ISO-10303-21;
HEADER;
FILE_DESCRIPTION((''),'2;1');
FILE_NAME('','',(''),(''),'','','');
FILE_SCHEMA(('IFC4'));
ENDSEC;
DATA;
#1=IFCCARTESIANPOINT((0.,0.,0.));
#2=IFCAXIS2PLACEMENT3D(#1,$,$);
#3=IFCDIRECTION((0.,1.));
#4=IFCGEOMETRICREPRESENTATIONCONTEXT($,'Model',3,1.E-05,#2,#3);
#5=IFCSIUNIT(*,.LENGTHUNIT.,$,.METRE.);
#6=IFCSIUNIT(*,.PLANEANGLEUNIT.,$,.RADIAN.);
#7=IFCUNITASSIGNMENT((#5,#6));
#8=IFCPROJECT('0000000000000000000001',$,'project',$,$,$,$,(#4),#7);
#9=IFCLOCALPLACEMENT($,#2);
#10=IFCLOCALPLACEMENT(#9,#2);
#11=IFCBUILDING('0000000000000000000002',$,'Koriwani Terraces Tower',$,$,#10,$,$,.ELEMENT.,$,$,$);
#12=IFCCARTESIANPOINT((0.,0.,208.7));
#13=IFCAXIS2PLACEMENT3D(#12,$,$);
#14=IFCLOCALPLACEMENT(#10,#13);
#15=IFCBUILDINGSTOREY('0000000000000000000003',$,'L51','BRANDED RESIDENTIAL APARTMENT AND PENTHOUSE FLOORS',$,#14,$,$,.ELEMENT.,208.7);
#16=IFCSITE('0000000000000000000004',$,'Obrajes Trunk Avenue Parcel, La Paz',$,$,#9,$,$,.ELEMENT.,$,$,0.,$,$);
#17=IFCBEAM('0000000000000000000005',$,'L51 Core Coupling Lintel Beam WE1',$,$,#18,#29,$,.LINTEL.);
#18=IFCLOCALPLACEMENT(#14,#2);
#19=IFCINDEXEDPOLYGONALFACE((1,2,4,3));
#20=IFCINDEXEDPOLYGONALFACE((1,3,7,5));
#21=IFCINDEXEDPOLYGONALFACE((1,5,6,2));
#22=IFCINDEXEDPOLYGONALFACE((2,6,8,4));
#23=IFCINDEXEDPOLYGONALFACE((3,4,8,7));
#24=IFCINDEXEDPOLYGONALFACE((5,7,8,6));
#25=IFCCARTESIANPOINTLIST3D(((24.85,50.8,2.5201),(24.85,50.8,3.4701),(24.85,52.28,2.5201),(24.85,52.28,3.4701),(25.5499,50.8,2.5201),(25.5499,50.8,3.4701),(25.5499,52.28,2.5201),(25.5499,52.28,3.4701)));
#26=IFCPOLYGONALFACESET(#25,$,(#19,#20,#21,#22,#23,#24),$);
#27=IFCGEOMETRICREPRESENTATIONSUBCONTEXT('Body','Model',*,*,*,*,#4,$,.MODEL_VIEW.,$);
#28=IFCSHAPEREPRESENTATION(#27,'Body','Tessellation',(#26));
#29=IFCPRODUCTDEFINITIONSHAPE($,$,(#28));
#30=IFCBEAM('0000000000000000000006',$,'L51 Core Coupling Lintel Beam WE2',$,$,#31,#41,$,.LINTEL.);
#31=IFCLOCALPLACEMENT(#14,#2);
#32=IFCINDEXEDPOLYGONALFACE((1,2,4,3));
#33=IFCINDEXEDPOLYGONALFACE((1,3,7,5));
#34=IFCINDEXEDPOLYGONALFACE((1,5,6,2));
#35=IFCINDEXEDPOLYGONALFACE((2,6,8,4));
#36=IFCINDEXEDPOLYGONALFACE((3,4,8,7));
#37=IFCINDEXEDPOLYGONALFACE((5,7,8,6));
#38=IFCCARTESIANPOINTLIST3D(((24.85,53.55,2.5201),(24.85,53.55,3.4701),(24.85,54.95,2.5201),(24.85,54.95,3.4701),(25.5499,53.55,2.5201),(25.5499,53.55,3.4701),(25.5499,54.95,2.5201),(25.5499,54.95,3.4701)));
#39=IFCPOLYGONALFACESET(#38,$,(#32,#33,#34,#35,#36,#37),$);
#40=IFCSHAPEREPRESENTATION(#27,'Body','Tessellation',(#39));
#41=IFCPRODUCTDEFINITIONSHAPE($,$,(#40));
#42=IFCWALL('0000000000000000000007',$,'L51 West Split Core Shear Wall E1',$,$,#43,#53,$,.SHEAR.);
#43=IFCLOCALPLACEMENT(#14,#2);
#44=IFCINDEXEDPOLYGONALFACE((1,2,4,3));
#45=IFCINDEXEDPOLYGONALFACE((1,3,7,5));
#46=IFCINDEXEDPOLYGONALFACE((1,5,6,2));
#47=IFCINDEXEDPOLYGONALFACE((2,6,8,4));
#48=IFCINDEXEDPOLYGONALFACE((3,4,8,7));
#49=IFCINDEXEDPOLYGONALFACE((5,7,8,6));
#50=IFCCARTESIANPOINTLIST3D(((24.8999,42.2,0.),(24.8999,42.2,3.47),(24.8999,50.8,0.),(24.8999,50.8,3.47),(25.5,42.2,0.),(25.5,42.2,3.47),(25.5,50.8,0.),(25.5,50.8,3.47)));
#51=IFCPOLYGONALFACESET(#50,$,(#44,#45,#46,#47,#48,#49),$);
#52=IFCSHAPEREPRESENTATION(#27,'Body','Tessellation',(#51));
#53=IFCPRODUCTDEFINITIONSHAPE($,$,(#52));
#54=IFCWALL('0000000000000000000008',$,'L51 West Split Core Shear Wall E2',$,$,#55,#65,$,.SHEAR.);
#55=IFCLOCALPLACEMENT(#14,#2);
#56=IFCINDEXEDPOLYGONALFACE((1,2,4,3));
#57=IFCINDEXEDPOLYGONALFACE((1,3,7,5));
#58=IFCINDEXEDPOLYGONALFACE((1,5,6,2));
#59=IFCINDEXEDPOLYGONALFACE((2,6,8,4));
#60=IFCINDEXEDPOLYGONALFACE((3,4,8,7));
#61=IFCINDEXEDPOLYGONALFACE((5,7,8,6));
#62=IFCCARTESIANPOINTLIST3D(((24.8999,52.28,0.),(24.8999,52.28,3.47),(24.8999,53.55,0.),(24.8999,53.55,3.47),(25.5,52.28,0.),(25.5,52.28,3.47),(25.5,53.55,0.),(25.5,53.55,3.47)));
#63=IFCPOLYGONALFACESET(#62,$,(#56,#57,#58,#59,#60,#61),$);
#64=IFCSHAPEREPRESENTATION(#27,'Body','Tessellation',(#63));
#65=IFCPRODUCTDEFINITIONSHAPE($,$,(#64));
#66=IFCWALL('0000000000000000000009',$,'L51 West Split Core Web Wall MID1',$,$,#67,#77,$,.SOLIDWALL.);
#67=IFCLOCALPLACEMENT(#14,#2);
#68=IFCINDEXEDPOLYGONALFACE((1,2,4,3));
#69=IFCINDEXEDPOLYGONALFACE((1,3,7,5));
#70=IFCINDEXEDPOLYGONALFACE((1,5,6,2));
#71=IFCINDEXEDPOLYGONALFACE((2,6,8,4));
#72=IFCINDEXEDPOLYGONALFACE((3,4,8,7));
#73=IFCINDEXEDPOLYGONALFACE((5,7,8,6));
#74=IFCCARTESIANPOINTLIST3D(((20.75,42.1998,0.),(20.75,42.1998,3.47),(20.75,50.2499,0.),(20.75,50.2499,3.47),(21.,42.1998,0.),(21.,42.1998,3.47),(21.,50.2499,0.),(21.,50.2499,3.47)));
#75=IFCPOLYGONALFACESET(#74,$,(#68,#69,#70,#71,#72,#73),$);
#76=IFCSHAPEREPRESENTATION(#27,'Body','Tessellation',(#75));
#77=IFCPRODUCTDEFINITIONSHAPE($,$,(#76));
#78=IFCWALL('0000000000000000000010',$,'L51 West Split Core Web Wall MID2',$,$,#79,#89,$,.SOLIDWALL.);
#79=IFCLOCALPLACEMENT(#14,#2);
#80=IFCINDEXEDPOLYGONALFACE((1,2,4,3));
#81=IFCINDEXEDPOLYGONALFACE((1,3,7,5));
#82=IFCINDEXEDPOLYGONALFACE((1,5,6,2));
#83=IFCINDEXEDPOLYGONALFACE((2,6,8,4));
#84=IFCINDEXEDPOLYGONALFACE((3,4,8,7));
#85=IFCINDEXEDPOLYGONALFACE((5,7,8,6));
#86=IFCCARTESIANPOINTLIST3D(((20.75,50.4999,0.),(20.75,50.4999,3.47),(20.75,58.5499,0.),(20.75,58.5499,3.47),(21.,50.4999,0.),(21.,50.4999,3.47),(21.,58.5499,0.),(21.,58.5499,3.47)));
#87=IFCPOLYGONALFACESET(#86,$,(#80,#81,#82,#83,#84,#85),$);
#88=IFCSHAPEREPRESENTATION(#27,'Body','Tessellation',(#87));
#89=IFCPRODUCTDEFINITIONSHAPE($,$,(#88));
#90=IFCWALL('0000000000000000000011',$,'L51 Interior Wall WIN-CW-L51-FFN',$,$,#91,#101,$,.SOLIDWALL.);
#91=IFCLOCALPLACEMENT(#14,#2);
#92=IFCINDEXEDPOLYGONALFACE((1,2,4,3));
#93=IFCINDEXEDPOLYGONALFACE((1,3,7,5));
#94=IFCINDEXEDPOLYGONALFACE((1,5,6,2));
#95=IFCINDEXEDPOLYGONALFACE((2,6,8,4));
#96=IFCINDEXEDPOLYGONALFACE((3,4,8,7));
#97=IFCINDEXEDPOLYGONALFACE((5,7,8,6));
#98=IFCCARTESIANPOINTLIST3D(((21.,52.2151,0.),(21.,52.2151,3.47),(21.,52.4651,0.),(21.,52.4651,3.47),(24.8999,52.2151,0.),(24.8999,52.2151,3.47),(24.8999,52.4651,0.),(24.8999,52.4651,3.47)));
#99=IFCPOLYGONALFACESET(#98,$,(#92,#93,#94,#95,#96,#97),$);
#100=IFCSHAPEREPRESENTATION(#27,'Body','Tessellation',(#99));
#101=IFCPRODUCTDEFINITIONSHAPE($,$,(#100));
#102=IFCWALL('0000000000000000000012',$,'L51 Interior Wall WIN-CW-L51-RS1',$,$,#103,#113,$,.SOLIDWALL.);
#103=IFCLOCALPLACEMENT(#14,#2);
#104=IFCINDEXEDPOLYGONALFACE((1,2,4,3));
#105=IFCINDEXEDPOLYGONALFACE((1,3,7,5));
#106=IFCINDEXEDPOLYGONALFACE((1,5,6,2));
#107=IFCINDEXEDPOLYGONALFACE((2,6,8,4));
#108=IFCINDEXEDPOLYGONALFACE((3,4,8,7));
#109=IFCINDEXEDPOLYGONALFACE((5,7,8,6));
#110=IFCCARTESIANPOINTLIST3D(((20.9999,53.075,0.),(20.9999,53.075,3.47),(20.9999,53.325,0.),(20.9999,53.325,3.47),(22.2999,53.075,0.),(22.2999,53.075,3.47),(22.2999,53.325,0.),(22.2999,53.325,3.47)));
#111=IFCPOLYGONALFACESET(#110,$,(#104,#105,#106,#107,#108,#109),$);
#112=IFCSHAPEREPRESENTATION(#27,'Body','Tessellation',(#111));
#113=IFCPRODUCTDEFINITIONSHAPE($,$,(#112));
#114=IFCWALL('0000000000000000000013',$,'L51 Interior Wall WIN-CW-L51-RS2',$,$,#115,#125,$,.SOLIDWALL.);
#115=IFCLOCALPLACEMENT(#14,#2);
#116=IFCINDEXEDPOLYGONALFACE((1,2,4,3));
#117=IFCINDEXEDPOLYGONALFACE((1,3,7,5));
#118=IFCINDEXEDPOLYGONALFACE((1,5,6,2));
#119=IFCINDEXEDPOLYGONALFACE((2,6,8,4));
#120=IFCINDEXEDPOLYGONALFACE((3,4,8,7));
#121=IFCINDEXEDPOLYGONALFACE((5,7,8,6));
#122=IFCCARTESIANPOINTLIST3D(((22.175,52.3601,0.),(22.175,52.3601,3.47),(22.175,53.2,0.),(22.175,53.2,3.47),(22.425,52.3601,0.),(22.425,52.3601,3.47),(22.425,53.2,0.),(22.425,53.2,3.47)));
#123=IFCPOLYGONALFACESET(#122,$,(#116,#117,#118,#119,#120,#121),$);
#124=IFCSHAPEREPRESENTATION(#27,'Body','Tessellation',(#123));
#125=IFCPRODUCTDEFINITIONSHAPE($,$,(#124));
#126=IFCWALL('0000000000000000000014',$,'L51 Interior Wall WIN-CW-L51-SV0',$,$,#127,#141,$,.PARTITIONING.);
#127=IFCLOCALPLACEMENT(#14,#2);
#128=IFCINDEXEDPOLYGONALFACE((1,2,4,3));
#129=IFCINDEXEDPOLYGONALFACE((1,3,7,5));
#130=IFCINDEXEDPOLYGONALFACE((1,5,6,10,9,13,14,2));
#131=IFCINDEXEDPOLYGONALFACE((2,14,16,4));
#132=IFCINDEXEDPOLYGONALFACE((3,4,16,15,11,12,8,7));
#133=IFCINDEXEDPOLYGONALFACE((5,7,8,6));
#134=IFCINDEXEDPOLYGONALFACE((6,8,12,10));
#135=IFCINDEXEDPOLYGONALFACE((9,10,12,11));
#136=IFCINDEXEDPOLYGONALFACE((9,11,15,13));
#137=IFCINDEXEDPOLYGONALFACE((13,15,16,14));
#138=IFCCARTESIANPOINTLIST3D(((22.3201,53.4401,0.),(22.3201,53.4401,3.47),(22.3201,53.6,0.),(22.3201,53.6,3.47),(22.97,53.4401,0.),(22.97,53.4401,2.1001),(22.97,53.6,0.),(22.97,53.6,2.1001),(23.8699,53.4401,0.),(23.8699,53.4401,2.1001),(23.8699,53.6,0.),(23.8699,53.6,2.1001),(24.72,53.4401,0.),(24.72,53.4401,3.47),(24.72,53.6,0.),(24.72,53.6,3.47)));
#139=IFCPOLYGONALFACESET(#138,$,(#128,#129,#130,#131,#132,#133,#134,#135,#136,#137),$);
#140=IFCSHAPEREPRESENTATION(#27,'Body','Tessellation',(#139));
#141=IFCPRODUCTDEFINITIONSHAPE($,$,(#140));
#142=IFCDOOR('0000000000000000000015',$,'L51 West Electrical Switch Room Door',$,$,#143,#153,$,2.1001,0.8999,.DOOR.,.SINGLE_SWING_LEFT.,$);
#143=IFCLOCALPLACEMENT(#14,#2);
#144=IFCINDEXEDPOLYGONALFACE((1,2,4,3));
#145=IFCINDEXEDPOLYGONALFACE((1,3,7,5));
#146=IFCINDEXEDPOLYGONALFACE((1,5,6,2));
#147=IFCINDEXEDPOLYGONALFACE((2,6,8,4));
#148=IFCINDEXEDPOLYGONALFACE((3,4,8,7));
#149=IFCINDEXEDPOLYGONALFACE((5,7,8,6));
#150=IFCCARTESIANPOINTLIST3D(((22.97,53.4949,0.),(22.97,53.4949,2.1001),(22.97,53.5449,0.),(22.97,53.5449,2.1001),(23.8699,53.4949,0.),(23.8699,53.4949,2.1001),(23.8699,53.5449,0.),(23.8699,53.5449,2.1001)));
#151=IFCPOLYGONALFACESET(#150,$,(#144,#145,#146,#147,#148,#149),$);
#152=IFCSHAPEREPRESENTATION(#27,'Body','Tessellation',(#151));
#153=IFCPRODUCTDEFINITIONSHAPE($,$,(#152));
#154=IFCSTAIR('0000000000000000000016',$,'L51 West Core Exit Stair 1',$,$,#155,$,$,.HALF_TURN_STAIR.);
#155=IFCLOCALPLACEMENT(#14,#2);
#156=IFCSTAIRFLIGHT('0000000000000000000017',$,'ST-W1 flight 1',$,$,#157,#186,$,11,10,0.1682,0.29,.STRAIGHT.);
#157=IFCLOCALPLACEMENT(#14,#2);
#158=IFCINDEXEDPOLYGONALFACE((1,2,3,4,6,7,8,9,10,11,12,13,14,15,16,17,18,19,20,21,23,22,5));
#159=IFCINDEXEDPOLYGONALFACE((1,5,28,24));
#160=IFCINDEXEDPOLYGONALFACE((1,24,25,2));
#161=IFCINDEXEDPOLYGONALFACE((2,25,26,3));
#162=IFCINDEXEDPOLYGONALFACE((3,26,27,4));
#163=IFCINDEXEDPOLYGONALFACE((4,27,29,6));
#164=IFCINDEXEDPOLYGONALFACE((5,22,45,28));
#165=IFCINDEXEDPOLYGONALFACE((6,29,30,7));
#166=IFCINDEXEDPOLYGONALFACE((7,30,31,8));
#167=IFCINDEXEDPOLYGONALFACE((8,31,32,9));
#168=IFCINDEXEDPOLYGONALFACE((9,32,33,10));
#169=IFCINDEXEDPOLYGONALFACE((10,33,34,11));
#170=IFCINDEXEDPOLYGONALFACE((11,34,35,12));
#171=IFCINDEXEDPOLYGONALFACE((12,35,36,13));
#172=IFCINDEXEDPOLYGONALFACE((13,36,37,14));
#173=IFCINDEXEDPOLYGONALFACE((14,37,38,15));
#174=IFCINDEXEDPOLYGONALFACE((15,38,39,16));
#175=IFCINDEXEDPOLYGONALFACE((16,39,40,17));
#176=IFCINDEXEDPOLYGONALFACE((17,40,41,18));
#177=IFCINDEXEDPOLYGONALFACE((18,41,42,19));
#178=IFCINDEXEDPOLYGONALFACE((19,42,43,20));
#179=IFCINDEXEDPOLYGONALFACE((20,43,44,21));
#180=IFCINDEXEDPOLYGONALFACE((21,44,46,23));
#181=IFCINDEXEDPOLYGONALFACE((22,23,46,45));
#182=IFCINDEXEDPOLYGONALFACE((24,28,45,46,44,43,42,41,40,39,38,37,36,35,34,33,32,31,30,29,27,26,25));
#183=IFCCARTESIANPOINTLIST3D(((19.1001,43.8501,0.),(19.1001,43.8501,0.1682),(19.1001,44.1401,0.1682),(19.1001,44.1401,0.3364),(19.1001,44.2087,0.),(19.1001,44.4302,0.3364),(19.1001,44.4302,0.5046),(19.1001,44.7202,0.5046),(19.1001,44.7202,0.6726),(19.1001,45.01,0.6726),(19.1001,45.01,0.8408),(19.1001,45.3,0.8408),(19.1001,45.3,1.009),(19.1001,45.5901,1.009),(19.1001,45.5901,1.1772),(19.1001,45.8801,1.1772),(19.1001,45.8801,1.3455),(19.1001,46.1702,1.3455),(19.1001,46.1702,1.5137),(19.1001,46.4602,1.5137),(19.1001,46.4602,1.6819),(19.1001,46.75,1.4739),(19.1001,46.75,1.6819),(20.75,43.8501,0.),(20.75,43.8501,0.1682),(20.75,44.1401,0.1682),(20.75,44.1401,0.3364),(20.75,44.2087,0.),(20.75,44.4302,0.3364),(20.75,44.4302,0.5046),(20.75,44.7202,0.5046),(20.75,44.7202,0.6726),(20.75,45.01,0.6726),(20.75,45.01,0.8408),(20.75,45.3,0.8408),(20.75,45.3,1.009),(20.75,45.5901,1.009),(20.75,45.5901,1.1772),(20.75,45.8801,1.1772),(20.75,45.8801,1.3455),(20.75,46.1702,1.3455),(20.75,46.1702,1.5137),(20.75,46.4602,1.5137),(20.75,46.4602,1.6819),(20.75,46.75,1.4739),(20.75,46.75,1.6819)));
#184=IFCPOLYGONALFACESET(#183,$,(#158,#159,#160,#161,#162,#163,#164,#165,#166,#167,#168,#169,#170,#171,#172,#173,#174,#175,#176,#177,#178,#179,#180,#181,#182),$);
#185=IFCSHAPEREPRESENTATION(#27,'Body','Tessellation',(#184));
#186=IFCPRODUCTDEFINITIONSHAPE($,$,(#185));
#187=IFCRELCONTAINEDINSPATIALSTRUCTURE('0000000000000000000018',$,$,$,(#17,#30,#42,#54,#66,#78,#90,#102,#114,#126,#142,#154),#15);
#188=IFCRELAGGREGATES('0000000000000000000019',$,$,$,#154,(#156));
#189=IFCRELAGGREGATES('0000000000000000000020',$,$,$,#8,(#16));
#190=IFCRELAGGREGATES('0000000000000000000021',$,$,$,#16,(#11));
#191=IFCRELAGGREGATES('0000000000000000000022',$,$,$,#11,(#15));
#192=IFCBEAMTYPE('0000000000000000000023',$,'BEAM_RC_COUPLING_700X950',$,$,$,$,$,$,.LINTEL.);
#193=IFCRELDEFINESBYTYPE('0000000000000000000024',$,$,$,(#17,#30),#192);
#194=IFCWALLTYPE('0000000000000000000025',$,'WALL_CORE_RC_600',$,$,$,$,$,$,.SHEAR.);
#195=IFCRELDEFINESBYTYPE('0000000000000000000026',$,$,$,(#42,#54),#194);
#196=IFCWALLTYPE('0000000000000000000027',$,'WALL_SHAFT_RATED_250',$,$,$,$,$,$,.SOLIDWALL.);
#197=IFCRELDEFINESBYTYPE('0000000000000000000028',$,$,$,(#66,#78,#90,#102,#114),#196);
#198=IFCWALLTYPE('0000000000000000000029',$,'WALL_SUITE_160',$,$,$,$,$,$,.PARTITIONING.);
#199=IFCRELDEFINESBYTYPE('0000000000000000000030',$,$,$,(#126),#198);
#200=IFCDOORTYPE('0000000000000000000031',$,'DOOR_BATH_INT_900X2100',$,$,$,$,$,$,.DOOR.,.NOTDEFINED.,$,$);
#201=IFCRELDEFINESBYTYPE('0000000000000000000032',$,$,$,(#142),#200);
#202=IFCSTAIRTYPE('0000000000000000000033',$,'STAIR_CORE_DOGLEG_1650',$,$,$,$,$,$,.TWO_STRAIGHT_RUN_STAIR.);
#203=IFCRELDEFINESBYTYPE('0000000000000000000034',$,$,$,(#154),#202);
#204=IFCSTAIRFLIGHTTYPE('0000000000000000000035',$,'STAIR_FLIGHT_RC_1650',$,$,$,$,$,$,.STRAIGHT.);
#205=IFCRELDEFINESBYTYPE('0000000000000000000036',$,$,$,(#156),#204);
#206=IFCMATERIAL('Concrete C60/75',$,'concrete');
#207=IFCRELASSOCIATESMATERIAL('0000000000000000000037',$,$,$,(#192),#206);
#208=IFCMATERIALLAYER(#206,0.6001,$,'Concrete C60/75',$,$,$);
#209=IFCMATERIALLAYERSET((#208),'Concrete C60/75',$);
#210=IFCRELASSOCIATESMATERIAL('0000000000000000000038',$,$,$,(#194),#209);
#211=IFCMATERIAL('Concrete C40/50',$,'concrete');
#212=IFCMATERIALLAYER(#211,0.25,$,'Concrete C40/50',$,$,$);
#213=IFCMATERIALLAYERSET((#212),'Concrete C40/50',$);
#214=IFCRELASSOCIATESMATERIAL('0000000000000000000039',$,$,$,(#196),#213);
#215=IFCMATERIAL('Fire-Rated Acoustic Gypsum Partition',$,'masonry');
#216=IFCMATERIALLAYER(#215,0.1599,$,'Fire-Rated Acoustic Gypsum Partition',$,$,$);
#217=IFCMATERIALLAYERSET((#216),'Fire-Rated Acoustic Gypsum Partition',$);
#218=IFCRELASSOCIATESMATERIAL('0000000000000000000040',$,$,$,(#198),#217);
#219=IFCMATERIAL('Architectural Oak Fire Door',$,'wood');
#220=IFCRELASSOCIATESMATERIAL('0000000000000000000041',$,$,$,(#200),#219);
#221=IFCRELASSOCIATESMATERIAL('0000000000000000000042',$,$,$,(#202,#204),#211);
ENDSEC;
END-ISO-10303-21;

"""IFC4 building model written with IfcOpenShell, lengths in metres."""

from ifc_helpers import new_model, si_unit, direction, frame, frame_2d, origin, origin_2d, place, context, subcontext, project, spatial, polyline, rectangle, outline, extrude, material, layer, layer_set, material_profile, profile_set, type_object, element, fill, aggregate, save


model = new_model("IFC4")

# Units and contexts
model_context = context("Model", 3, precision=1e-05, world=origin(), true_north=direction((0.0, 1.0)))
body_context = subcontext(model_context, "Body", "Model", "MODEL_VIEW")
ifc_project = project(units=[si_unit("LENGTHUNIT", "METRE"), si_unit("PLANEANGLEUNIT", "RADIAN")], contexts=[model_context])

# Site, building, storey
site_placement = place(None, origin())
site = spatial("IfcSite", under=ifc_project, at=site_placement, Name="Obrajes Trunk Avenue Parcel, La Paz", CompositionType="ELEMENT", RefElevation=0.0)
building_placement = place(site_placement, origin())
building = spatial("IfcBuilding", under=site, at=building_placement, Name="Koriwani Terraces Tower", CompositionType="ELEMENT")
storey_placement = place(building_placement, frame((0.0, 0.0, 208.7)))
storey = spatial("IfcBuildingStorey", under=building, at=storey_placement, Name="L51", Description="BRANDED RESIDENTIAL APARTMENT AND PENTHOUSE FLOORS", CompositionType="ELEMENT", Elevation=208.7)

# Beams
ifc_material_1 = material(Name="Concrete C60/75", Category="concrete")
ifc_material_profile = material_profile(ifc_material_1, rectangle(XDim=0.7, YDim=0.95, at=origin_2d()), Name="Concrete C60/75", Category="LoadBearing")
ifc_profile_set = profile_set([ifc_material_profile], Name="Concrete C60/75")
beam_type = type_object("IfcBeamType", Name="BEAM_RC_COUPLING_700X950", PredefinedType="LINTEL", material=ifc_profile_set)
beam_1_placement = place(storey_placement, frame((25.2, 50.8, 2.9951), z_axis=(0.0, 1.0, 0.0), x_axis=(-1.0, 0.0, 0.0)))
element("IfcBeam", 1, at=beam_1_placement, inside=storey, type_object=beam_type, Name="L51 Core Coupling Lintel Beam WE1", PredefinedType="LINTEL", context=body_context, shape_type="SweptSolid", body=[
    extrude(rectangle(XDim=0.7, YDim=0.95, at=origin_2d()), origin(), (0.0, 0.0, 1.0), 1.48),
])
beam_2_placement = place(storey_placement, frame((25.2, 53.55, 2.9951), z_axis=(0.0, 1.0, 0.0), x_axis=(-1.0, 0.0, 0.0)))
element("IfcBeam", 2, at=beam_2_placement, inside=storey, type_object=beam_type, Name="L51 Core Coupling Lintel Beam WE2", PredefinedType="LINTEL", context=body_context, shape_type="SweptSolid", body=[
    extrude(rectangle(XDim=0.7, YDim=0.95, at=origin_2d()), origin(), (0.0, 0.0, 1.0), 1.3999),
])

# Walls
ifc_layer_1 = layer(ifc_material_1, 0.6001, Name="Concrete C60/75")
ifc_layer_set_1 = layer_set([ifc_layer_1], Name="Concrete C60/75")
wall_type_1 = type_object("IfcWallType", Name="WALL_CORE_RC_600", PredefinedType="SHEAR", material=ifc_layer_set_1)
wall_1_placement = place(storey_placement, frame((25.2, 42.2, 0.0), z_axis=(0.0, 0.0, 1.0), x_axis=(0.0, 1.0, 0.0)))
element("IfcWall", 3, at=wall_1_placement, inside=storey, type_object=wall_type_1, Name="L51 West Split Core Shear Wall E1", PredefinedType="SHEAR", context=body_context, shape_type="SweptSolid", body=[
    extrude(rectangle(XDim=8.6001, YDim=0.6001, at=frame_2d((4.3, 0.0))), origin(), (0.0, 0.0, 1.0), 3.47),
])
wall_2_placement = place(storey_placement, frame((25.2, 52.28, 0.0), z_axis=(0.0, 0.0, 1.0), x_axis=(0.0, 1.0, 0.0)))
element("IfcWall", 4, at=wall_2_placement, inside=storey, type_object=wall_type_1, Name="L51 West Split Core Shear Wall E2", PredefinedType="SHEAR", context=body_context, shape_type="SweptSolid", body=[
    extrude(rectangle(XDim=1.27, YDim=0.6001, at=frame_2d((0.635, 0.0))), origin(), (0.0, 0.0, 1.0), 3.47),
])
ifc_material_2 = material(Name="Concrete C40/50", Category="concrete")
ifc_layer_2 = layer(ifc_material_2, 0.25, Name="Concrete C40/50")
ifc_layer_set_2 = layer_set([ifc_layer_2], Name="Concrete C40/50")
wall_type_2 = type_object("IfcWallType", Name="WALL_SHAFT_RATED_250", PredefinedType="SOLIDWALL", material=ifc_layer_set_2)
for number, where, z_axis, x_axis, name in (
    (5, (20.875, 42.2, 0.0), (0.0, 0.0, 1.0), (0.0, 1.0, 0.0), "L51 West Split Core Web Wall MID1"),
    (6, (20.875, 50.5, 0.0), (0.0, 0.0, 1.0), (0.0, 1.0, 0.0), "L51 West Split Core Web Wall MID2"),
):
    element("IfcWall", number, at=place(storey_placement, frame(where, z_axis=z_axis, x_axis=x_axis)), inside=storey, type_object=wall_type_2, Name=name, PredefinedType="SOLIDWALL", context=body_context, shape_type="SweptSolid", body=[
        extrude(rectangle(XDim=8.05, YDim=0.25, at=frame_2d((4.0249, 0.0))), origin(), (0.0, 0.0, 1.0), 3.47),
    ])

# Walls
wall_3_placement = place(storey_placement, frame((21.0, 52.3401, 0.0), z_axis=(0.0, 0.0, 1.0), x_axis=(1.0, 0.0, 0.0)))
element("IfcWall", 7, at=wall_3_placement, inside=storey, type_object=wall_type_2, Name="L51 Interior Wall WIN-CW-L51-FFN", PredefinedType="SOLIDWALL", context=body_context, shape_type="SweptSolid", body=[
    extrude(rectangle(XDim=3.8999, YDim=0.25, at=frame_2d((1.95, 0.0))), origin(), (0.0, 0.0, 1.0), 3.47),
])
wall_4_placement = place(storey_placement, frame((21.0, 53.2, 0.0), z_axis=(0.0, 0.0, 1.0), x_axis=(1.0, 0.0, 0.0)))
element("IfcWall", 8, at=wall_4_placement, inside=storey, type_object=wall_type_2, Name="L51 Interior Wall WIN-CW-L51-RS1", PredefinedType="SOLIDWALL", context=body_context, shape_type="SweptSolid", body=[
    extrude(rectangle(XDim=1.3, YDim=0.25, at=frame_2d((0.6499, 0.0))), origin(), (0.0, 0.0, 1.0), 3.47),
])
wall_5_placement = place(storey_placement, frame((22.3, 52.3601, 0.0), z_axis=(0.0, 0.0, 1.0), x_axis=(0.0, 1.0, 0.0)))
element("IfcWall", 9, at=wall_5_placement, inside=storey, type_object=wall_type_2, Name="L51 Interior Wall WIN-CW-L51-RS2", PredefinedType="SOLIDWALL", context=body_context, shape_type="SweptSolid", body=[
    extrude(rectangle(XDim=0.8398, YDim=0.25, at=frame_2d((0.4199, 0.0))), origin(), (0.0, 0.0, 1.0), 3.47),
])

# Wall, opening, door
ifc_material_3 = material(Name="Fire-Rated Acoustic Gypsum Partition", Category="masonry")
ifc_layer_3 = layer(ifc_material_3, 0.1599, Name="Fire-Rated Acoustic Gypsum Partition")
ifc_layer_set_3 = layer_set([ifc_layer_3], Name="Fire-Rated Acoustic Gypsum Partition")
wall_type_3 = type_object("IfcWallType", Name="WALL_SUITE_160", PredefinedType="PARTITIONING", material=ifc_layer_set_3)
wall_6_placement = place(storey_placement, frame((22.3201, 53.52, 0.0), z_axis=(0.0, 0.0, 1.0), x_axis=(1.0, 0.0, 0.0)))
wall_6 = element("IfcWall", 10, at=wall_6_placement, inside=storey, type_object=wall_type_3, Name="L51 Interior Wall WIN-CW-L51-SV0", PredefinedType="PARTITIONING", context=body_context, shape_type="SweptSolid", body=[
    extrude(rectangle(XDim=2.3999, YDim=0.1599, at=frame_2d((1.2, 0.0))), origin(), (0.0, 0.0, 1.0), 3.47),
])
opening_1_placement = place(wall_6_placement, frame((0.6499, 0.0, 0.0)))
opening_1 = element("IfcOpeningElement", 11, at=opening_1_placement, cuts=wall_6, PredefinedType="OPENING", context=body_context, shape_type="SweptSolid", body=[
    extrude(rectangle(XDim=0.8999, YDim=2.1001, at=frame_2d((0.45, 1.05))), frame((0.0, 0.0898, 0.0), z_axis=(0.0, -1.0, 0.0), x_axis=(1.0, 0.0, 0.0)), (0.0, 0.0, 1.0), 0.1799),
])
ifc_material_4 = material(Name="Architectural Oak Fire Door", Category="wood")
door_type_1 = type_object("IfcDoorType", Name="DOOR_BATH_INT_900X2100", OperationType="NOTDEFINED", PredefinedType="DOOR", material=ifc_material_4)
door_1_placement = place(opening_1_placement, origin())
door_1 = element("IfcDoor", 12, at=door_1_placement, inside=storey, type_object=door_type_1, Name="L51 West Electrical Switch Room Door", OperationType="SINGLE_SWING_LEFT", OverallHeight=2.1001, OverallWidth=0.8999, PredefinedType="DOOR", context=body_context, shape_type="SweptSolid", body=[
    extrude(rectangle(XDim=0.8999, YDim=2.1001, at=frame_2d((0.45, 1.05))), frame((0.0, 0.0249, 0.0), z_axis=(0.0, -1.0, 0.0), x_axis=(1.0, 0.0, 0.0)), (0.0, 0.0, 1.0), 0.05),
])
fill(opening_1, door_1)

# Stair, stair flight
stair_type = type_object("IfcStairType", Name="STAIR_CORE_DOGLEG_1650", PredefinedType="TWO_STRAIGHT_RUN_STAIR", material=ifc_material_2)
stair_1_placement = place(storey_placement, origin())
stair_1 = element("IfcStair", 13, at=stair_1_placement, inside=storey, type_object=stair_type, Name="L51 West Core Exit Stair 1", PredefinedType="HALF_TURN_STAIR")
stair_flight_type = type_object("IfcStairFlightType", Name="STAIR_FLIGHT_RC_1650", PredefinedType="STRAIGHT", material=ifc_material_2)
stair_flight_1_placement = place(storey_placement, frame((19.925, 43.8501, 0.0), z_axis=(0.0, 0.0, 1.0), x_axis=(0.0, 1.0, 0.0)))
stair_flight_1 = element("IfcStairFlight", 14, at=stair_flight_1_placement, type_object=stair_flight_type, Name="ST-W1 flight 1", NumberOfRisers=11, NumberOfTreads=10, PredefinedType="STRAIGHT", RiserHeight=0.1682, TreadLength=0.29, context=body_context, shape_type="SweptSolid", body=[
    extrude(outline(polyline([(0.0, 0.0), (0.0, 0.1682), (0.29, 0.1682), (0.29, 0.3364), (0.5801, 0.3364), (0.5801, 0.5046), (0.8701, 0.5046), (0.8701, 0.6726), (1.1599, 0.6726), (1.1599, 0.8408), (1.45, 0.8408), (1.45, 1.009), (1.74, 1.009), (1.74, 1.1772), (2.03, 1.1772), (2.03, 1.3455), (2.3201, 1.3455), (2.3201, 1.5137), (2.6101, 1.5137), (2.6101, 1.6819), (2.8999, 1.6819), (2.8999, 1.8501), (2.8999, 1.4739), (0.3586, 0.0), (0.0, 0.0)])), frame((0.0, 0.825, 0.0), z_axis=(0.0, -1.0, 0.0), x_axis=(1.0, 0.0, 0.0)), (0.0, 0.0, 1.0), 1.6499),
])
aggregate(stair_1, [stair_flight_1])

save(model, "model.ifc")
